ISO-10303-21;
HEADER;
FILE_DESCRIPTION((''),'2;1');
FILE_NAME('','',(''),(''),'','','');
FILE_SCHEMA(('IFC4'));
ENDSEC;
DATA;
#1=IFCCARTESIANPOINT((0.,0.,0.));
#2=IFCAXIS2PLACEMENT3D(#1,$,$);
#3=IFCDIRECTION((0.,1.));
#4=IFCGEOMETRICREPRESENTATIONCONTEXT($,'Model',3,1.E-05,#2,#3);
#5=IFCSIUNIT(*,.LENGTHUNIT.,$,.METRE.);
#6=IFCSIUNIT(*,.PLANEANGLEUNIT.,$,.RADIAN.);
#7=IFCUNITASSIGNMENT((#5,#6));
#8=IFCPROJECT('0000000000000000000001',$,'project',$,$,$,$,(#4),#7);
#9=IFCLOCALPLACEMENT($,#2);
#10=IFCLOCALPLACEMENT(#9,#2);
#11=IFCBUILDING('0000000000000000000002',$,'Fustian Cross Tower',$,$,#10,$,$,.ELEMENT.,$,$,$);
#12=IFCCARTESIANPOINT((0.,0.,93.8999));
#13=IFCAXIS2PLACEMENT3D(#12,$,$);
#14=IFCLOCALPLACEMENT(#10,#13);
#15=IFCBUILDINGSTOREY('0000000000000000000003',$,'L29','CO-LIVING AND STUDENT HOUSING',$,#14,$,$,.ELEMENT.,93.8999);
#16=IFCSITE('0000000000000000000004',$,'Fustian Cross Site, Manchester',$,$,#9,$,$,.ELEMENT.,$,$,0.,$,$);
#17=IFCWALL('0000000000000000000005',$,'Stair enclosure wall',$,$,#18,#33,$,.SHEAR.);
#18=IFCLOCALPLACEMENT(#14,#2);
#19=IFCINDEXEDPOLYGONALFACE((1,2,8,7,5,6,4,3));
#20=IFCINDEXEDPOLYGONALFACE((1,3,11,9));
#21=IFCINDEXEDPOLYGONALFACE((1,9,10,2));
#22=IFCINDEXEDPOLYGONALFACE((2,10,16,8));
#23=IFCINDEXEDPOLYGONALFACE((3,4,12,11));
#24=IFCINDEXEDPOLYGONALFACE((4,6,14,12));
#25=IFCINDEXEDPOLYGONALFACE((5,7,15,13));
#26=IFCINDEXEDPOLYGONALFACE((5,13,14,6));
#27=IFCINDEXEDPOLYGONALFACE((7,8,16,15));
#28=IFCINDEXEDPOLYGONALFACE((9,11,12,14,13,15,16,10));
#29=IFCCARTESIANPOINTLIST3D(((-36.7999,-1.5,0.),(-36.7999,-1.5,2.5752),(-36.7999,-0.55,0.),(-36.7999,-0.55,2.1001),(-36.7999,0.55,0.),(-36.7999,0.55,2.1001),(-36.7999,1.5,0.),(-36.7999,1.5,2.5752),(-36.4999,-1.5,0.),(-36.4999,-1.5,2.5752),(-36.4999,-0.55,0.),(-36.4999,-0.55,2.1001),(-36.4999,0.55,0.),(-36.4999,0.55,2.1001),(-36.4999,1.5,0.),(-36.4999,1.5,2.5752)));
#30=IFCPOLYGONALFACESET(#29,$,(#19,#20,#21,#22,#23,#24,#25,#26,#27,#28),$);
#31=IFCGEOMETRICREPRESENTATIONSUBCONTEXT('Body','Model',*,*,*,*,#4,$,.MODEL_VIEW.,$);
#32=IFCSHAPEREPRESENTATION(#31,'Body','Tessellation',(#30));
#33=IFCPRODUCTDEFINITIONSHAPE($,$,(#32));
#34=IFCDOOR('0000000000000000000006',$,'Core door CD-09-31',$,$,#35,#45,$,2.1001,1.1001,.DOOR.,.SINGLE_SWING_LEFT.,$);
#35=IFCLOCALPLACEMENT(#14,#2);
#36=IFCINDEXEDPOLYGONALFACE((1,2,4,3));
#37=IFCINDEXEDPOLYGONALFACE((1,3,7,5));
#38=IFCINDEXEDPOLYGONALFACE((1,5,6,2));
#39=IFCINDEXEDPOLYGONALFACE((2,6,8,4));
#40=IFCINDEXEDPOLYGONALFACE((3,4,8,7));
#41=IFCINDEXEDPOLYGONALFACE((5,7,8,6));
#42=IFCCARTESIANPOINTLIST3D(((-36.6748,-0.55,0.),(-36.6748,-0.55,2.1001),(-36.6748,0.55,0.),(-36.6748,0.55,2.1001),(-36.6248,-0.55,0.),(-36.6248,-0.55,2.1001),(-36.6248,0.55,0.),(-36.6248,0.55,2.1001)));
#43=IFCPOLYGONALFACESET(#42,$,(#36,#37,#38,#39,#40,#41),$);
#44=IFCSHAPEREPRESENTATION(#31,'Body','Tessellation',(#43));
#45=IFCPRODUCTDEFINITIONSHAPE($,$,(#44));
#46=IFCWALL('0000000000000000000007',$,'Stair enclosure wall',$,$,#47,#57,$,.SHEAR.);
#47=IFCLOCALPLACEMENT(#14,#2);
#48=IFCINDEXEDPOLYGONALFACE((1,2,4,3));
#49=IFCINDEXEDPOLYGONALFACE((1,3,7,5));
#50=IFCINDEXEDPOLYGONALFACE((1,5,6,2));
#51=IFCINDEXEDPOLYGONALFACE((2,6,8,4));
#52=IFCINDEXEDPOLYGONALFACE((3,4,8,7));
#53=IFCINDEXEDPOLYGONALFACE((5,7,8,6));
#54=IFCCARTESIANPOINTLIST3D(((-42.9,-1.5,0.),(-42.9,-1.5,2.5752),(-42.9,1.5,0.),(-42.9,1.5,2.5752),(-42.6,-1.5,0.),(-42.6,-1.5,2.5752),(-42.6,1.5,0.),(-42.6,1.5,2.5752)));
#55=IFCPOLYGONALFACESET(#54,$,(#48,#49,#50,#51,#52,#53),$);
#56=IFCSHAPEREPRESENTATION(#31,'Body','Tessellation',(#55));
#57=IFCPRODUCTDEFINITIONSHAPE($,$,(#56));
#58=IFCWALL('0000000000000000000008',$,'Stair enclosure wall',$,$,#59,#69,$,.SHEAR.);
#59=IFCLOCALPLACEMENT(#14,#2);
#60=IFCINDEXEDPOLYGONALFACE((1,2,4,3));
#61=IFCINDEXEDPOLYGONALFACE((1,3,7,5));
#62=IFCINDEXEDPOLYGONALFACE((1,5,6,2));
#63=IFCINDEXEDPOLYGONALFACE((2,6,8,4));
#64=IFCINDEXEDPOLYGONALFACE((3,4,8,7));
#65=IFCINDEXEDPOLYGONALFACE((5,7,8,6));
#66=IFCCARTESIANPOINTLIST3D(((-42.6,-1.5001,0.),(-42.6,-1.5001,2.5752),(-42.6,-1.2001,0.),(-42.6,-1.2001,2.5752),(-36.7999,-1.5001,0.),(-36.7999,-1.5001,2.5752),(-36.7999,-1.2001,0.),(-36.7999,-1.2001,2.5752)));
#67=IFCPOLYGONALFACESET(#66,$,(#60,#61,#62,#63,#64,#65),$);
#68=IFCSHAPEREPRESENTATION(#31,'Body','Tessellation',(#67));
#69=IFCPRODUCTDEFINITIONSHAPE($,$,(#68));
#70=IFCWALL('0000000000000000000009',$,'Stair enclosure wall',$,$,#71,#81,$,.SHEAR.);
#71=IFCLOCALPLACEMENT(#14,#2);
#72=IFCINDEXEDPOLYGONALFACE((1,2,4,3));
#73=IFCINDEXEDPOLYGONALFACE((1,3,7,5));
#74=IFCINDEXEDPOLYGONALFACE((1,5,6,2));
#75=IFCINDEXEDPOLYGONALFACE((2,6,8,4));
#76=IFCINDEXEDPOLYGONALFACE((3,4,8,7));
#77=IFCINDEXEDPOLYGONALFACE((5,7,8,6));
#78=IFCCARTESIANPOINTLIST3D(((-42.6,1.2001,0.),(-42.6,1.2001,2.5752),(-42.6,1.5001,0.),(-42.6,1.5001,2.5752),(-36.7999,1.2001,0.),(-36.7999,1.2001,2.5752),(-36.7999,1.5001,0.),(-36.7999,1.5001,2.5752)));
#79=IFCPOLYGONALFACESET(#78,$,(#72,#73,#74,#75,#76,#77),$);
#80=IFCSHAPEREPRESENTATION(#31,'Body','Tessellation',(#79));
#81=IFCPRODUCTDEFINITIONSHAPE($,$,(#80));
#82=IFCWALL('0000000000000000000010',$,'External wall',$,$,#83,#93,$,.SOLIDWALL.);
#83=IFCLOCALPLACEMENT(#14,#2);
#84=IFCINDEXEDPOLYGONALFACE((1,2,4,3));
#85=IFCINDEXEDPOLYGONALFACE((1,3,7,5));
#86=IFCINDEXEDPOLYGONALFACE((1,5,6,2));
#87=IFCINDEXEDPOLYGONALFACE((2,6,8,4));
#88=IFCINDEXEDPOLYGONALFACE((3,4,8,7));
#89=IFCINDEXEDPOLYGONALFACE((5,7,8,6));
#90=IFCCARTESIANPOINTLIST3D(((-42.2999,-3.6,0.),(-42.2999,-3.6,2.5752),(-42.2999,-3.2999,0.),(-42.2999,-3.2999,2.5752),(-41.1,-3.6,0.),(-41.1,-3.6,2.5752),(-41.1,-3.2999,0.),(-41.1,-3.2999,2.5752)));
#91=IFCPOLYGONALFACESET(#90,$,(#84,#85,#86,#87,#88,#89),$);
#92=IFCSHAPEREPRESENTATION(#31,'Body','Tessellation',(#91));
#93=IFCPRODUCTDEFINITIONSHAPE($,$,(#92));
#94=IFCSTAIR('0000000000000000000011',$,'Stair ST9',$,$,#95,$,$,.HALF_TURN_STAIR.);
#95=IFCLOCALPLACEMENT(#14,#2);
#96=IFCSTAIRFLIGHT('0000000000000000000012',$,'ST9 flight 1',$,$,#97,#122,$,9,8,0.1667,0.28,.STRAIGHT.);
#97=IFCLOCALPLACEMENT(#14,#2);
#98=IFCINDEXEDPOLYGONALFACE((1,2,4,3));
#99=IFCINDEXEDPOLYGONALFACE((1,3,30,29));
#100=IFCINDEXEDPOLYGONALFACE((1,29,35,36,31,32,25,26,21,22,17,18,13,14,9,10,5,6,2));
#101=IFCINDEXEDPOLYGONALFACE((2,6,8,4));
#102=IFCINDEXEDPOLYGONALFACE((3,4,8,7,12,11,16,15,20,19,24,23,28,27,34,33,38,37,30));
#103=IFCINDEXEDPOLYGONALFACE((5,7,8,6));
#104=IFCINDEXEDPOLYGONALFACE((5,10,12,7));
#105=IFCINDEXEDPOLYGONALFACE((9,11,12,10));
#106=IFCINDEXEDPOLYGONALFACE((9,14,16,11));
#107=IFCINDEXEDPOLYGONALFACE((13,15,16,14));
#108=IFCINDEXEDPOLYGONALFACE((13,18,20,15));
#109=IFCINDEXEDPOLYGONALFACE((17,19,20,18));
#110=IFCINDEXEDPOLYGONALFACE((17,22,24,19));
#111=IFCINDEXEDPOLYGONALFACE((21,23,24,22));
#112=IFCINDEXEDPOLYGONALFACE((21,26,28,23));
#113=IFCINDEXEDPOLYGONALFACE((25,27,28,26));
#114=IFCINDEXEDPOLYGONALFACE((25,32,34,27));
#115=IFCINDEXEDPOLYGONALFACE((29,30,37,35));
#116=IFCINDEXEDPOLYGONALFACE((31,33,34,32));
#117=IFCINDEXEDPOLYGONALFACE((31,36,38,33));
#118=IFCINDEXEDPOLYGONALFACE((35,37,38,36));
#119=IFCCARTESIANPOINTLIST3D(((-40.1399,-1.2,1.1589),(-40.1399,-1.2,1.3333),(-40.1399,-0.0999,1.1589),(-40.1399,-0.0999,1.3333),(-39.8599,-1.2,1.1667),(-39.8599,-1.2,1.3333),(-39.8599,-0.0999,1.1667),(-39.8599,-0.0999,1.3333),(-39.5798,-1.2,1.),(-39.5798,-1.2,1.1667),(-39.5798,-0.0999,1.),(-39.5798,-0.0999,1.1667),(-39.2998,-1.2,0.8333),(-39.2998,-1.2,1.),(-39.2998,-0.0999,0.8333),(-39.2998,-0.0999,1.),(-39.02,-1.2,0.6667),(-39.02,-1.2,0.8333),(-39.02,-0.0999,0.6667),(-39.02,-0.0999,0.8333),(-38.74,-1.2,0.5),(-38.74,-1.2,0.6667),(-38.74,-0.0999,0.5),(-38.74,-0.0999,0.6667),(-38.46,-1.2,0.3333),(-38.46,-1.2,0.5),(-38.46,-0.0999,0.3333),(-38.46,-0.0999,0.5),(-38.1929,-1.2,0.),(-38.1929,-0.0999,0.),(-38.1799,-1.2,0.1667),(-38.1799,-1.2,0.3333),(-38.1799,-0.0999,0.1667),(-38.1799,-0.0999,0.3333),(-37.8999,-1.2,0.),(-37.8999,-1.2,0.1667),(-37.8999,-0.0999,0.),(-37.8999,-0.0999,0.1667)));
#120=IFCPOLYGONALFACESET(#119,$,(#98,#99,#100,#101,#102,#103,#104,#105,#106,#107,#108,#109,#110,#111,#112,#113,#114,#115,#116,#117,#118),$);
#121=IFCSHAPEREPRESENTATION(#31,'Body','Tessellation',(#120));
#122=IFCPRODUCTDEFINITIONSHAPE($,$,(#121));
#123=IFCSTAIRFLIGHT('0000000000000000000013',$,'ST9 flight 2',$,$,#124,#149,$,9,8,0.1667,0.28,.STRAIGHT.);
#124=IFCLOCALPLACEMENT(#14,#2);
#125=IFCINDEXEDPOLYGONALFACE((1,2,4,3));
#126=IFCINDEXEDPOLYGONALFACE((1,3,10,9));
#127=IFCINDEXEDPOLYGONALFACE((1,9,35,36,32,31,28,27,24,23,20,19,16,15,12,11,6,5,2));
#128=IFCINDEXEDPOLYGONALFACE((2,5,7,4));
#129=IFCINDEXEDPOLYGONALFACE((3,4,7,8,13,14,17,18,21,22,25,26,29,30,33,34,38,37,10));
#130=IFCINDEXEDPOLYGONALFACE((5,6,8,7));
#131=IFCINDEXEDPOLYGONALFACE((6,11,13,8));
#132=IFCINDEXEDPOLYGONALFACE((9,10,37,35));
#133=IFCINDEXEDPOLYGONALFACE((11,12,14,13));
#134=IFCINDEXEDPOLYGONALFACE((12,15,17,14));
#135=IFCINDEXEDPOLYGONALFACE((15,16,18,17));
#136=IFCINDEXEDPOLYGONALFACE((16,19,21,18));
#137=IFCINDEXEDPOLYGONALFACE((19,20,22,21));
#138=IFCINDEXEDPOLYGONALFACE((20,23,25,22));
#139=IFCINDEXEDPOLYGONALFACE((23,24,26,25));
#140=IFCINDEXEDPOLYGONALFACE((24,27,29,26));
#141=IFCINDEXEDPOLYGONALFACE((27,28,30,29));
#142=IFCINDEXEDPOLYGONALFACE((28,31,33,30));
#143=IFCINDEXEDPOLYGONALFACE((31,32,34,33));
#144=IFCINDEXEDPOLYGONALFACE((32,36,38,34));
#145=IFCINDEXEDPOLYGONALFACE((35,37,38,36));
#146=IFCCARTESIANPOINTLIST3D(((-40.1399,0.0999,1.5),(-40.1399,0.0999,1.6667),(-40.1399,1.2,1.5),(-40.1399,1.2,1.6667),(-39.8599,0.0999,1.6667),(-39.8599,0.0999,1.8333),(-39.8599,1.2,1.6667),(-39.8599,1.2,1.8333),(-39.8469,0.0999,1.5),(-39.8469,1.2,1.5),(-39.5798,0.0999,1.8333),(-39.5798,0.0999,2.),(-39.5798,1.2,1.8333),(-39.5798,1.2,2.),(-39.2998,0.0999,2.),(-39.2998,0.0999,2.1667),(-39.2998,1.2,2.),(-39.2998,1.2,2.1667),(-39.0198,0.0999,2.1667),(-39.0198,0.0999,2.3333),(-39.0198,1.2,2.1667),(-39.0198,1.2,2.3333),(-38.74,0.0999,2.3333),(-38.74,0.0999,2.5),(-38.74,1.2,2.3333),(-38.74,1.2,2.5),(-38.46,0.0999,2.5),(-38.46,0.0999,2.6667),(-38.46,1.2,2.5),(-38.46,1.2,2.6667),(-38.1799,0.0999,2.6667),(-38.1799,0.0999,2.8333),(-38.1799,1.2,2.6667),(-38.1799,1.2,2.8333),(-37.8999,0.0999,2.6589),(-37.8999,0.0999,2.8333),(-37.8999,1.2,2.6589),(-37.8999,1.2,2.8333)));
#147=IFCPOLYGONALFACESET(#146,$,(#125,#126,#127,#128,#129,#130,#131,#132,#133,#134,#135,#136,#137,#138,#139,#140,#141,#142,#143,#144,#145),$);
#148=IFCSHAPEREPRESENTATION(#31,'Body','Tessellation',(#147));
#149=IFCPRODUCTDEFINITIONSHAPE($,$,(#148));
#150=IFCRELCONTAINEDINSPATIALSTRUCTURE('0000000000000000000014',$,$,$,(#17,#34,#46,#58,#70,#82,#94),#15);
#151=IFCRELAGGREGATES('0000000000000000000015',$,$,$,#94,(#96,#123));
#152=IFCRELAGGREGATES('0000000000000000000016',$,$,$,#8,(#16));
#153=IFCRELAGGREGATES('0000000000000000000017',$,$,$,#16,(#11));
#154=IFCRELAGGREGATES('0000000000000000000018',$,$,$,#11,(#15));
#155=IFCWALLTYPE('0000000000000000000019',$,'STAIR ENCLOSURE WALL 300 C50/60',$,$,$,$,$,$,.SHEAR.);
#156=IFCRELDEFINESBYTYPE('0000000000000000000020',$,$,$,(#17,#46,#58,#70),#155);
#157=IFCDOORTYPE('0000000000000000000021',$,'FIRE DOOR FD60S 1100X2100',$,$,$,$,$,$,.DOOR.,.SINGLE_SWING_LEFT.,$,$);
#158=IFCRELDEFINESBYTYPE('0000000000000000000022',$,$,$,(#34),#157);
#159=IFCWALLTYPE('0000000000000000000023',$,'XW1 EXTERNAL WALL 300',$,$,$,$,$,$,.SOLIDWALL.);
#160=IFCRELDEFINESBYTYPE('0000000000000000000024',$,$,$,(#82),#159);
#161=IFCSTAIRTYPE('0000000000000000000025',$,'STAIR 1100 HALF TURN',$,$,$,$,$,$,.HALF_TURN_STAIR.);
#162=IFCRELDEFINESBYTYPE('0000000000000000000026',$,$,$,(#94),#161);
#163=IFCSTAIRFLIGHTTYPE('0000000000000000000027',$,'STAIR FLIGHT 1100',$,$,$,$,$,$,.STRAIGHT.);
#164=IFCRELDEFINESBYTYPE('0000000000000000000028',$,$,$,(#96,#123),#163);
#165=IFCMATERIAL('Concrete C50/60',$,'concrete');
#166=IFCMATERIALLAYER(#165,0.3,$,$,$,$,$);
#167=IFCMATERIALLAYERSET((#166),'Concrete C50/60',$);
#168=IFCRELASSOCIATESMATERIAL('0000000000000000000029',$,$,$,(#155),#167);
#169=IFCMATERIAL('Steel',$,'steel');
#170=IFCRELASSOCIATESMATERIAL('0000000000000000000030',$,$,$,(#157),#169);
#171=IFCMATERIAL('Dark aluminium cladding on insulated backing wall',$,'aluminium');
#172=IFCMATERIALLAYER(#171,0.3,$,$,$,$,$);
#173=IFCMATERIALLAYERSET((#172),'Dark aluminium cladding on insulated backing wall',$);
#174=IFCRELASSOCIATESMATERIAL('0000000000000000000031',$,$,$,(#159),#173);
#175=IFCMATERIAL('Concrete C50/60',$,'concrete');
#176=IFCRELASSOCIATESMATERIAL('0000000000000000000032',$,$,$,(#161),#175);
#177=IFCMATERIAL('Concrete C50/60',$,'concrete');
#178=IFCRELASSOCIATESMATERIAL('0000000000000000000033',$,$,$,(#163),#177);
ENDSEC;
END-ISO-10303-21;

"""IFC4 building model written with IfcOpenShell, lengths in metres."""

from ifc_helpers import new_model, si_unit, direction, frame, frame_2d, origin, place, context, subcontext, project, spatial, polyline, rectangle, outline, extrude, material, layer, layer_set, type_object, element, fill, aggregate, save


model = new_model("IFC4")

# Units and contexts
model_context = context("Model", 3, precision=1e-05, world=origin(), true_north=direction((0.0, 1.0)))
body_context = subcontext(model_context, "Body", "Model", "MODEL_VIEW")
ifc_project = project(units=[si_unit("LENGTHUNIT", "METRE"), si_unit("PLANEANGLEUNIT", "RADIAN")], contexts=[model_context])

# Site, building, storey
site_placement = place(None, origin())
site = spatial("IfcSite", under=ifc_project, at=site_placement, Name="Fustian Cross Site, Manchester", CompositionType="ELEMENT", RefElevation=0.0)
building_placement = place(site_placement, origin())
building = spatial("IfcBuilding", under=site, at=building_placement, Name="Fustian Cross Tower", CompositionType="ELEMENT")
storey_placement = place(building_placement, frame((0.0, 0.0, 93.8999)))
storey = spatial("IfcBuildingStorey", under=building, at=storey_placement, Name="L29", Description="CO-LIVING AND STUDENT HOUSING", CompositionType="ELEMENT", Elevation=93.8999)

# Wall, opening, door
ifc_material_1 = material(Name="Concrete C50/60", Category="concrete")
ifc_layer_1 = layer(ifc_material_1, 0.3)
ifc_layer_set_1 = layer_set([ifc_layer_1], Name="Concrete C50/60")
wall_type_1 = type_object("IfcWallType", Name="STAIR ENCLOSURE WALL 300 C50/60", PredefinedType="SHEAR", material=ifc_layer_set_1)
wall_1_placement = place(storey_placement, frame((-36.6499, -1.5, 0.0), z_axis=(0.0, 0.0, 1.0), x_axis=(0.0, 1.0, 0.0)))
wall_1 = element("IfcWall", 1, at=wall_1_placement, inside=storey, type_object=wall_type_1, Name="Stair enclosure wall", PredefinedType="SHEAR", context=body_context, shape_type="SweptSolid", body=[
    extrude(rectangle(XDim=3.0, YDim=0.3, at=frame_2d((1.5, 0.0))), origin(), (0.0, 0.0, 1.0), 2.5752),
])
opening_1_placement = place(wall_1_placement, frame((0.95, 0.0, 0.0)))
opening_1 = element("IfcOpeningElement", 2, at=opening_1_placement, cuts=wall_1, PredefinedType="OPENING", context=body_context, shape_type="SweptSolid", body=[
    extrude(rectangle(XDim=1.1001, YDim=2.1001, at=frame_2d((0.55, 1.05))), frame((0.0, 0.1599, 0.0), z_axis=(0.0, -1.0, 0.0), x_axis=(1.0, 0.0, 0.0)), (0.0, 0.0, 1.0), 0.3201),
])
ifc_material_2 = material(Name="Steel", Category="steel")
door_type_1 = type_object("IfcDoorType", Name="FIRE DOOR FD60S 1100X2100", OperationType="SINGLE_SWING_LEFT", PredefinedType="DOOR", material=ifc_material_2)
door_1_placement = place(opening_1_placement, origin())
door_1 = element("IfcDoor", 3, at=door_1_placement, inside=storey, type_object=door_type_1, Name="Core door CD-09-31", OperationType="SINGLE_SWING_LEFT", OverallHeight=2.1001, OverallWidth=1.1001, PredefinedType="DOOR", context=body_context, shape_type="SweptSolid", body=[
    extrude(rectangle(XDim=1.1001, YDim=2.1001, at=frame_2d((0.55, 1.05))), frame((0.0, 0.0249, 0.0), z_axis=(0.0, -1.0, 0.0), x_axis=(1.0, 0.0, 0.0)), (0.0, 0.0, 1.0), 0.05),
])
fill(opening_1, door_1)

# Walls
wall_2_placement = place(storey_placement, frame((-42.75, -1.5, 0.0), z_axis=(0.0, 0.0, 1.0), x_axis=(0.0, 1.0, 0.0)))
element("IfcWall", 4, at=wall_2_placement, inside=storey, type_object=wall_type_1, Name="Stair enclosure wall", PredefinedType="SHEAR", context=body_context, shape_type="SweptSolid", body=[
    extrude(rectangle(XDim=3.0, YDim=0.3, at=frame_2d((1.5, 0.0))), origin(), (0.0, 0.0, 1.0), 2.5752),
])
for number, where, z_axis, x_axis, name in (
    (5, (-36.8, -1.3501, 0.0), (0.0, 0.0, 1.0), (-1.0, 0.0, 0.0), "Stair enclosure wall"),
    (6, (-36.8, 1.3501, 0.0), (0.0, 0.0, 1.0), (-1.0, 0.0, 0.0), "Stair enclosure wall"),
):
    element("IfcWall", number, at=place(storey_placement, frame(where, z_axis=z_axis, x_axis=x_axis)), inside=storey, type_object=wall_type_1, Name=name, PredefinedType="SHEAR", context=body_context, shape_type="SweptSolid", body=[
        extrude(rectangle(XDim=5.8, YDim=0.3, at=frame_2d((2.8999, 0.0))), origin(), (0.0, 0.0, 1.0), 2.5752),
    ])
ifc_material_3 = material(Name="Dark aluminium cladding on insulated backing wall", Category="aluminium")
ifc_layer_2 = layer(ifc_material_3, 0.3)
ifc_layer_set_2 = layer_set([ifc_layer_2], Name="Dark aluminium cladding on insulated backing wall")
wall_type_2 = type_object("IfcWallType", Name="XW1 EXTERNAL WALL 300", PredefinedType="SOLIDWALL", material=ifc_layer_set_2)
wall_3_placement = place(storey_placement, frame((-42.3, -3.45, 0.0), z_axis=(0.0, 0.0, 1.0), x_axis=(1.0, 0.0, 0.0)))
element("IfcWall", 7, at=wall_3_placement, inside=storey, type_object=wall_type_2, Name="External wall", PredefinedType="SOLIDWALL", context=body_context, shape_type="SweptSolid", body=[
    extrude(rectangle(XDim=1.2, YDim=0.3, at=frame_2d((0.6001, 0.0))), origin(), (0.0, 0.0, 1.0), 2.5752),
])

# Stair, stair flights
ifc_material_4 = material(Name="Concrete C50/60", Category="concrete")
stair_type = type_object("IfcStairType", Name="STAIR 1100 HALF TURN", PredefinedType="HALF_TURN_STAIR", material=ifc_material_4)
stair_placement = place(storey_placement, origin())
stair = element("IfcStair", 8, at=stair_placement, inside=storey, type_object=stair_type, Name="Stair ST9", PredefinedType="HALF_TURN_STAIR")
ifc_material_5 = material(Name="Concrete C50/60", Category="concrete")
stair_flight_type = type_object("IfcStairFlightType", Name="STAIR FLIGHT 1100", PredefinedType="STRAIGHT", material=ifc_material_5)
stair_flight_1_placement = place(storey_placement, frame((-37.8999, -0.6499, 0.0), z_axis=(0.0, 0.0, 1.0), x_axis=(-1.0, 0.0, 0.0)))
stair_flight_1 = element("IfcStairFlight", 9, at=stair_flight_1_placement, type_object=stair_flight_type, Name="ST9 flight 1", NumberOfRisers=9, NumberOfTreads=8, PredefinedType="STRAIGHT", RiserHeight=0.1667, TreadLength=0.28, context=body_context, shape_type="SweptSolid", body=[
    extrude(outline(polyline([(0.0, 0.0), (0.0, 0.1667), (0.28, 0.1667), (0.28, 0.3333), (0.5601, 0.3333), (0.5601, 0.5), (0.8401, 0.5), (0.8401, 0.6667), (1.1201, 0.6667), (1.1201, 0.8333), (1.3999, 0.8333), (1.3999, 1.0), (1.6799, 1.0), (1.6799, 1.1667), (1.96, 1.1667), (1.96, 1.3333), (2.24, 1.3333), (2.24, 1.5), (2.24, 1.1589), (0.293, 0.0), (0.0, 0.0)])), frame((0.0, 0.55, 0.0), z_axis=(0.0, -1.0, 0.0), x_axis=(1.0, 0.0, 0.0)), (0.0, 0.0, 1.0), 1.1001),
])
stair_flight_2_placement = place(storey_placement, frame((-40.1399, 0.6499, 1.5), z_axis=(0.0, 0.0, 1.0), x_axis=(1.0, 0.0, 0.0)))
stair_flight_2 = element("IfcStairFlight", 10, at=stair_flight_2_placement, type_object=stair_flight_type, Name="ST9 flight 2", NumberOfRisers=9, NumberOfTreads=8, PredefinedType="STRAIGHT", RiserHeight=0.1667, TreadLength=0.28, context=body_context, shape_type="SweptSolid", body=[
    extrude(outline(polyline([(0.0, 0.0), (0.0, 0.1667), (0.28, 0.1667), (0.28, 0.3333), (0.5601, 0.3333), (0.5601, 0.5), (0.8401, 0.5), (0.8401, 0.6667), (1.1201, 0.6667), (1.1201, 0.8333), (1.3999, 0.8333), (1.3999, 1.0), (1.6799, 1.0), (1.6799, 1.1667), (1.96, 1.1667), (1.96, 1.3333), (2.24, 1.3333), (2.24, 1.5), (2.24, 1.1589), (0.293, 0.0), (0.0, 0.0)])), frame((0.0, 0.55, 0.0), z_axis=(0.0, -1.0, 0.0), x_axis=(1.0, 0.0, 0.0)), (0.0, 0.0, 1.0), 1.1001),
])
aggregate(stair, [stair_flight_1, stair_flight_2])

save(model, "model.ifc")
